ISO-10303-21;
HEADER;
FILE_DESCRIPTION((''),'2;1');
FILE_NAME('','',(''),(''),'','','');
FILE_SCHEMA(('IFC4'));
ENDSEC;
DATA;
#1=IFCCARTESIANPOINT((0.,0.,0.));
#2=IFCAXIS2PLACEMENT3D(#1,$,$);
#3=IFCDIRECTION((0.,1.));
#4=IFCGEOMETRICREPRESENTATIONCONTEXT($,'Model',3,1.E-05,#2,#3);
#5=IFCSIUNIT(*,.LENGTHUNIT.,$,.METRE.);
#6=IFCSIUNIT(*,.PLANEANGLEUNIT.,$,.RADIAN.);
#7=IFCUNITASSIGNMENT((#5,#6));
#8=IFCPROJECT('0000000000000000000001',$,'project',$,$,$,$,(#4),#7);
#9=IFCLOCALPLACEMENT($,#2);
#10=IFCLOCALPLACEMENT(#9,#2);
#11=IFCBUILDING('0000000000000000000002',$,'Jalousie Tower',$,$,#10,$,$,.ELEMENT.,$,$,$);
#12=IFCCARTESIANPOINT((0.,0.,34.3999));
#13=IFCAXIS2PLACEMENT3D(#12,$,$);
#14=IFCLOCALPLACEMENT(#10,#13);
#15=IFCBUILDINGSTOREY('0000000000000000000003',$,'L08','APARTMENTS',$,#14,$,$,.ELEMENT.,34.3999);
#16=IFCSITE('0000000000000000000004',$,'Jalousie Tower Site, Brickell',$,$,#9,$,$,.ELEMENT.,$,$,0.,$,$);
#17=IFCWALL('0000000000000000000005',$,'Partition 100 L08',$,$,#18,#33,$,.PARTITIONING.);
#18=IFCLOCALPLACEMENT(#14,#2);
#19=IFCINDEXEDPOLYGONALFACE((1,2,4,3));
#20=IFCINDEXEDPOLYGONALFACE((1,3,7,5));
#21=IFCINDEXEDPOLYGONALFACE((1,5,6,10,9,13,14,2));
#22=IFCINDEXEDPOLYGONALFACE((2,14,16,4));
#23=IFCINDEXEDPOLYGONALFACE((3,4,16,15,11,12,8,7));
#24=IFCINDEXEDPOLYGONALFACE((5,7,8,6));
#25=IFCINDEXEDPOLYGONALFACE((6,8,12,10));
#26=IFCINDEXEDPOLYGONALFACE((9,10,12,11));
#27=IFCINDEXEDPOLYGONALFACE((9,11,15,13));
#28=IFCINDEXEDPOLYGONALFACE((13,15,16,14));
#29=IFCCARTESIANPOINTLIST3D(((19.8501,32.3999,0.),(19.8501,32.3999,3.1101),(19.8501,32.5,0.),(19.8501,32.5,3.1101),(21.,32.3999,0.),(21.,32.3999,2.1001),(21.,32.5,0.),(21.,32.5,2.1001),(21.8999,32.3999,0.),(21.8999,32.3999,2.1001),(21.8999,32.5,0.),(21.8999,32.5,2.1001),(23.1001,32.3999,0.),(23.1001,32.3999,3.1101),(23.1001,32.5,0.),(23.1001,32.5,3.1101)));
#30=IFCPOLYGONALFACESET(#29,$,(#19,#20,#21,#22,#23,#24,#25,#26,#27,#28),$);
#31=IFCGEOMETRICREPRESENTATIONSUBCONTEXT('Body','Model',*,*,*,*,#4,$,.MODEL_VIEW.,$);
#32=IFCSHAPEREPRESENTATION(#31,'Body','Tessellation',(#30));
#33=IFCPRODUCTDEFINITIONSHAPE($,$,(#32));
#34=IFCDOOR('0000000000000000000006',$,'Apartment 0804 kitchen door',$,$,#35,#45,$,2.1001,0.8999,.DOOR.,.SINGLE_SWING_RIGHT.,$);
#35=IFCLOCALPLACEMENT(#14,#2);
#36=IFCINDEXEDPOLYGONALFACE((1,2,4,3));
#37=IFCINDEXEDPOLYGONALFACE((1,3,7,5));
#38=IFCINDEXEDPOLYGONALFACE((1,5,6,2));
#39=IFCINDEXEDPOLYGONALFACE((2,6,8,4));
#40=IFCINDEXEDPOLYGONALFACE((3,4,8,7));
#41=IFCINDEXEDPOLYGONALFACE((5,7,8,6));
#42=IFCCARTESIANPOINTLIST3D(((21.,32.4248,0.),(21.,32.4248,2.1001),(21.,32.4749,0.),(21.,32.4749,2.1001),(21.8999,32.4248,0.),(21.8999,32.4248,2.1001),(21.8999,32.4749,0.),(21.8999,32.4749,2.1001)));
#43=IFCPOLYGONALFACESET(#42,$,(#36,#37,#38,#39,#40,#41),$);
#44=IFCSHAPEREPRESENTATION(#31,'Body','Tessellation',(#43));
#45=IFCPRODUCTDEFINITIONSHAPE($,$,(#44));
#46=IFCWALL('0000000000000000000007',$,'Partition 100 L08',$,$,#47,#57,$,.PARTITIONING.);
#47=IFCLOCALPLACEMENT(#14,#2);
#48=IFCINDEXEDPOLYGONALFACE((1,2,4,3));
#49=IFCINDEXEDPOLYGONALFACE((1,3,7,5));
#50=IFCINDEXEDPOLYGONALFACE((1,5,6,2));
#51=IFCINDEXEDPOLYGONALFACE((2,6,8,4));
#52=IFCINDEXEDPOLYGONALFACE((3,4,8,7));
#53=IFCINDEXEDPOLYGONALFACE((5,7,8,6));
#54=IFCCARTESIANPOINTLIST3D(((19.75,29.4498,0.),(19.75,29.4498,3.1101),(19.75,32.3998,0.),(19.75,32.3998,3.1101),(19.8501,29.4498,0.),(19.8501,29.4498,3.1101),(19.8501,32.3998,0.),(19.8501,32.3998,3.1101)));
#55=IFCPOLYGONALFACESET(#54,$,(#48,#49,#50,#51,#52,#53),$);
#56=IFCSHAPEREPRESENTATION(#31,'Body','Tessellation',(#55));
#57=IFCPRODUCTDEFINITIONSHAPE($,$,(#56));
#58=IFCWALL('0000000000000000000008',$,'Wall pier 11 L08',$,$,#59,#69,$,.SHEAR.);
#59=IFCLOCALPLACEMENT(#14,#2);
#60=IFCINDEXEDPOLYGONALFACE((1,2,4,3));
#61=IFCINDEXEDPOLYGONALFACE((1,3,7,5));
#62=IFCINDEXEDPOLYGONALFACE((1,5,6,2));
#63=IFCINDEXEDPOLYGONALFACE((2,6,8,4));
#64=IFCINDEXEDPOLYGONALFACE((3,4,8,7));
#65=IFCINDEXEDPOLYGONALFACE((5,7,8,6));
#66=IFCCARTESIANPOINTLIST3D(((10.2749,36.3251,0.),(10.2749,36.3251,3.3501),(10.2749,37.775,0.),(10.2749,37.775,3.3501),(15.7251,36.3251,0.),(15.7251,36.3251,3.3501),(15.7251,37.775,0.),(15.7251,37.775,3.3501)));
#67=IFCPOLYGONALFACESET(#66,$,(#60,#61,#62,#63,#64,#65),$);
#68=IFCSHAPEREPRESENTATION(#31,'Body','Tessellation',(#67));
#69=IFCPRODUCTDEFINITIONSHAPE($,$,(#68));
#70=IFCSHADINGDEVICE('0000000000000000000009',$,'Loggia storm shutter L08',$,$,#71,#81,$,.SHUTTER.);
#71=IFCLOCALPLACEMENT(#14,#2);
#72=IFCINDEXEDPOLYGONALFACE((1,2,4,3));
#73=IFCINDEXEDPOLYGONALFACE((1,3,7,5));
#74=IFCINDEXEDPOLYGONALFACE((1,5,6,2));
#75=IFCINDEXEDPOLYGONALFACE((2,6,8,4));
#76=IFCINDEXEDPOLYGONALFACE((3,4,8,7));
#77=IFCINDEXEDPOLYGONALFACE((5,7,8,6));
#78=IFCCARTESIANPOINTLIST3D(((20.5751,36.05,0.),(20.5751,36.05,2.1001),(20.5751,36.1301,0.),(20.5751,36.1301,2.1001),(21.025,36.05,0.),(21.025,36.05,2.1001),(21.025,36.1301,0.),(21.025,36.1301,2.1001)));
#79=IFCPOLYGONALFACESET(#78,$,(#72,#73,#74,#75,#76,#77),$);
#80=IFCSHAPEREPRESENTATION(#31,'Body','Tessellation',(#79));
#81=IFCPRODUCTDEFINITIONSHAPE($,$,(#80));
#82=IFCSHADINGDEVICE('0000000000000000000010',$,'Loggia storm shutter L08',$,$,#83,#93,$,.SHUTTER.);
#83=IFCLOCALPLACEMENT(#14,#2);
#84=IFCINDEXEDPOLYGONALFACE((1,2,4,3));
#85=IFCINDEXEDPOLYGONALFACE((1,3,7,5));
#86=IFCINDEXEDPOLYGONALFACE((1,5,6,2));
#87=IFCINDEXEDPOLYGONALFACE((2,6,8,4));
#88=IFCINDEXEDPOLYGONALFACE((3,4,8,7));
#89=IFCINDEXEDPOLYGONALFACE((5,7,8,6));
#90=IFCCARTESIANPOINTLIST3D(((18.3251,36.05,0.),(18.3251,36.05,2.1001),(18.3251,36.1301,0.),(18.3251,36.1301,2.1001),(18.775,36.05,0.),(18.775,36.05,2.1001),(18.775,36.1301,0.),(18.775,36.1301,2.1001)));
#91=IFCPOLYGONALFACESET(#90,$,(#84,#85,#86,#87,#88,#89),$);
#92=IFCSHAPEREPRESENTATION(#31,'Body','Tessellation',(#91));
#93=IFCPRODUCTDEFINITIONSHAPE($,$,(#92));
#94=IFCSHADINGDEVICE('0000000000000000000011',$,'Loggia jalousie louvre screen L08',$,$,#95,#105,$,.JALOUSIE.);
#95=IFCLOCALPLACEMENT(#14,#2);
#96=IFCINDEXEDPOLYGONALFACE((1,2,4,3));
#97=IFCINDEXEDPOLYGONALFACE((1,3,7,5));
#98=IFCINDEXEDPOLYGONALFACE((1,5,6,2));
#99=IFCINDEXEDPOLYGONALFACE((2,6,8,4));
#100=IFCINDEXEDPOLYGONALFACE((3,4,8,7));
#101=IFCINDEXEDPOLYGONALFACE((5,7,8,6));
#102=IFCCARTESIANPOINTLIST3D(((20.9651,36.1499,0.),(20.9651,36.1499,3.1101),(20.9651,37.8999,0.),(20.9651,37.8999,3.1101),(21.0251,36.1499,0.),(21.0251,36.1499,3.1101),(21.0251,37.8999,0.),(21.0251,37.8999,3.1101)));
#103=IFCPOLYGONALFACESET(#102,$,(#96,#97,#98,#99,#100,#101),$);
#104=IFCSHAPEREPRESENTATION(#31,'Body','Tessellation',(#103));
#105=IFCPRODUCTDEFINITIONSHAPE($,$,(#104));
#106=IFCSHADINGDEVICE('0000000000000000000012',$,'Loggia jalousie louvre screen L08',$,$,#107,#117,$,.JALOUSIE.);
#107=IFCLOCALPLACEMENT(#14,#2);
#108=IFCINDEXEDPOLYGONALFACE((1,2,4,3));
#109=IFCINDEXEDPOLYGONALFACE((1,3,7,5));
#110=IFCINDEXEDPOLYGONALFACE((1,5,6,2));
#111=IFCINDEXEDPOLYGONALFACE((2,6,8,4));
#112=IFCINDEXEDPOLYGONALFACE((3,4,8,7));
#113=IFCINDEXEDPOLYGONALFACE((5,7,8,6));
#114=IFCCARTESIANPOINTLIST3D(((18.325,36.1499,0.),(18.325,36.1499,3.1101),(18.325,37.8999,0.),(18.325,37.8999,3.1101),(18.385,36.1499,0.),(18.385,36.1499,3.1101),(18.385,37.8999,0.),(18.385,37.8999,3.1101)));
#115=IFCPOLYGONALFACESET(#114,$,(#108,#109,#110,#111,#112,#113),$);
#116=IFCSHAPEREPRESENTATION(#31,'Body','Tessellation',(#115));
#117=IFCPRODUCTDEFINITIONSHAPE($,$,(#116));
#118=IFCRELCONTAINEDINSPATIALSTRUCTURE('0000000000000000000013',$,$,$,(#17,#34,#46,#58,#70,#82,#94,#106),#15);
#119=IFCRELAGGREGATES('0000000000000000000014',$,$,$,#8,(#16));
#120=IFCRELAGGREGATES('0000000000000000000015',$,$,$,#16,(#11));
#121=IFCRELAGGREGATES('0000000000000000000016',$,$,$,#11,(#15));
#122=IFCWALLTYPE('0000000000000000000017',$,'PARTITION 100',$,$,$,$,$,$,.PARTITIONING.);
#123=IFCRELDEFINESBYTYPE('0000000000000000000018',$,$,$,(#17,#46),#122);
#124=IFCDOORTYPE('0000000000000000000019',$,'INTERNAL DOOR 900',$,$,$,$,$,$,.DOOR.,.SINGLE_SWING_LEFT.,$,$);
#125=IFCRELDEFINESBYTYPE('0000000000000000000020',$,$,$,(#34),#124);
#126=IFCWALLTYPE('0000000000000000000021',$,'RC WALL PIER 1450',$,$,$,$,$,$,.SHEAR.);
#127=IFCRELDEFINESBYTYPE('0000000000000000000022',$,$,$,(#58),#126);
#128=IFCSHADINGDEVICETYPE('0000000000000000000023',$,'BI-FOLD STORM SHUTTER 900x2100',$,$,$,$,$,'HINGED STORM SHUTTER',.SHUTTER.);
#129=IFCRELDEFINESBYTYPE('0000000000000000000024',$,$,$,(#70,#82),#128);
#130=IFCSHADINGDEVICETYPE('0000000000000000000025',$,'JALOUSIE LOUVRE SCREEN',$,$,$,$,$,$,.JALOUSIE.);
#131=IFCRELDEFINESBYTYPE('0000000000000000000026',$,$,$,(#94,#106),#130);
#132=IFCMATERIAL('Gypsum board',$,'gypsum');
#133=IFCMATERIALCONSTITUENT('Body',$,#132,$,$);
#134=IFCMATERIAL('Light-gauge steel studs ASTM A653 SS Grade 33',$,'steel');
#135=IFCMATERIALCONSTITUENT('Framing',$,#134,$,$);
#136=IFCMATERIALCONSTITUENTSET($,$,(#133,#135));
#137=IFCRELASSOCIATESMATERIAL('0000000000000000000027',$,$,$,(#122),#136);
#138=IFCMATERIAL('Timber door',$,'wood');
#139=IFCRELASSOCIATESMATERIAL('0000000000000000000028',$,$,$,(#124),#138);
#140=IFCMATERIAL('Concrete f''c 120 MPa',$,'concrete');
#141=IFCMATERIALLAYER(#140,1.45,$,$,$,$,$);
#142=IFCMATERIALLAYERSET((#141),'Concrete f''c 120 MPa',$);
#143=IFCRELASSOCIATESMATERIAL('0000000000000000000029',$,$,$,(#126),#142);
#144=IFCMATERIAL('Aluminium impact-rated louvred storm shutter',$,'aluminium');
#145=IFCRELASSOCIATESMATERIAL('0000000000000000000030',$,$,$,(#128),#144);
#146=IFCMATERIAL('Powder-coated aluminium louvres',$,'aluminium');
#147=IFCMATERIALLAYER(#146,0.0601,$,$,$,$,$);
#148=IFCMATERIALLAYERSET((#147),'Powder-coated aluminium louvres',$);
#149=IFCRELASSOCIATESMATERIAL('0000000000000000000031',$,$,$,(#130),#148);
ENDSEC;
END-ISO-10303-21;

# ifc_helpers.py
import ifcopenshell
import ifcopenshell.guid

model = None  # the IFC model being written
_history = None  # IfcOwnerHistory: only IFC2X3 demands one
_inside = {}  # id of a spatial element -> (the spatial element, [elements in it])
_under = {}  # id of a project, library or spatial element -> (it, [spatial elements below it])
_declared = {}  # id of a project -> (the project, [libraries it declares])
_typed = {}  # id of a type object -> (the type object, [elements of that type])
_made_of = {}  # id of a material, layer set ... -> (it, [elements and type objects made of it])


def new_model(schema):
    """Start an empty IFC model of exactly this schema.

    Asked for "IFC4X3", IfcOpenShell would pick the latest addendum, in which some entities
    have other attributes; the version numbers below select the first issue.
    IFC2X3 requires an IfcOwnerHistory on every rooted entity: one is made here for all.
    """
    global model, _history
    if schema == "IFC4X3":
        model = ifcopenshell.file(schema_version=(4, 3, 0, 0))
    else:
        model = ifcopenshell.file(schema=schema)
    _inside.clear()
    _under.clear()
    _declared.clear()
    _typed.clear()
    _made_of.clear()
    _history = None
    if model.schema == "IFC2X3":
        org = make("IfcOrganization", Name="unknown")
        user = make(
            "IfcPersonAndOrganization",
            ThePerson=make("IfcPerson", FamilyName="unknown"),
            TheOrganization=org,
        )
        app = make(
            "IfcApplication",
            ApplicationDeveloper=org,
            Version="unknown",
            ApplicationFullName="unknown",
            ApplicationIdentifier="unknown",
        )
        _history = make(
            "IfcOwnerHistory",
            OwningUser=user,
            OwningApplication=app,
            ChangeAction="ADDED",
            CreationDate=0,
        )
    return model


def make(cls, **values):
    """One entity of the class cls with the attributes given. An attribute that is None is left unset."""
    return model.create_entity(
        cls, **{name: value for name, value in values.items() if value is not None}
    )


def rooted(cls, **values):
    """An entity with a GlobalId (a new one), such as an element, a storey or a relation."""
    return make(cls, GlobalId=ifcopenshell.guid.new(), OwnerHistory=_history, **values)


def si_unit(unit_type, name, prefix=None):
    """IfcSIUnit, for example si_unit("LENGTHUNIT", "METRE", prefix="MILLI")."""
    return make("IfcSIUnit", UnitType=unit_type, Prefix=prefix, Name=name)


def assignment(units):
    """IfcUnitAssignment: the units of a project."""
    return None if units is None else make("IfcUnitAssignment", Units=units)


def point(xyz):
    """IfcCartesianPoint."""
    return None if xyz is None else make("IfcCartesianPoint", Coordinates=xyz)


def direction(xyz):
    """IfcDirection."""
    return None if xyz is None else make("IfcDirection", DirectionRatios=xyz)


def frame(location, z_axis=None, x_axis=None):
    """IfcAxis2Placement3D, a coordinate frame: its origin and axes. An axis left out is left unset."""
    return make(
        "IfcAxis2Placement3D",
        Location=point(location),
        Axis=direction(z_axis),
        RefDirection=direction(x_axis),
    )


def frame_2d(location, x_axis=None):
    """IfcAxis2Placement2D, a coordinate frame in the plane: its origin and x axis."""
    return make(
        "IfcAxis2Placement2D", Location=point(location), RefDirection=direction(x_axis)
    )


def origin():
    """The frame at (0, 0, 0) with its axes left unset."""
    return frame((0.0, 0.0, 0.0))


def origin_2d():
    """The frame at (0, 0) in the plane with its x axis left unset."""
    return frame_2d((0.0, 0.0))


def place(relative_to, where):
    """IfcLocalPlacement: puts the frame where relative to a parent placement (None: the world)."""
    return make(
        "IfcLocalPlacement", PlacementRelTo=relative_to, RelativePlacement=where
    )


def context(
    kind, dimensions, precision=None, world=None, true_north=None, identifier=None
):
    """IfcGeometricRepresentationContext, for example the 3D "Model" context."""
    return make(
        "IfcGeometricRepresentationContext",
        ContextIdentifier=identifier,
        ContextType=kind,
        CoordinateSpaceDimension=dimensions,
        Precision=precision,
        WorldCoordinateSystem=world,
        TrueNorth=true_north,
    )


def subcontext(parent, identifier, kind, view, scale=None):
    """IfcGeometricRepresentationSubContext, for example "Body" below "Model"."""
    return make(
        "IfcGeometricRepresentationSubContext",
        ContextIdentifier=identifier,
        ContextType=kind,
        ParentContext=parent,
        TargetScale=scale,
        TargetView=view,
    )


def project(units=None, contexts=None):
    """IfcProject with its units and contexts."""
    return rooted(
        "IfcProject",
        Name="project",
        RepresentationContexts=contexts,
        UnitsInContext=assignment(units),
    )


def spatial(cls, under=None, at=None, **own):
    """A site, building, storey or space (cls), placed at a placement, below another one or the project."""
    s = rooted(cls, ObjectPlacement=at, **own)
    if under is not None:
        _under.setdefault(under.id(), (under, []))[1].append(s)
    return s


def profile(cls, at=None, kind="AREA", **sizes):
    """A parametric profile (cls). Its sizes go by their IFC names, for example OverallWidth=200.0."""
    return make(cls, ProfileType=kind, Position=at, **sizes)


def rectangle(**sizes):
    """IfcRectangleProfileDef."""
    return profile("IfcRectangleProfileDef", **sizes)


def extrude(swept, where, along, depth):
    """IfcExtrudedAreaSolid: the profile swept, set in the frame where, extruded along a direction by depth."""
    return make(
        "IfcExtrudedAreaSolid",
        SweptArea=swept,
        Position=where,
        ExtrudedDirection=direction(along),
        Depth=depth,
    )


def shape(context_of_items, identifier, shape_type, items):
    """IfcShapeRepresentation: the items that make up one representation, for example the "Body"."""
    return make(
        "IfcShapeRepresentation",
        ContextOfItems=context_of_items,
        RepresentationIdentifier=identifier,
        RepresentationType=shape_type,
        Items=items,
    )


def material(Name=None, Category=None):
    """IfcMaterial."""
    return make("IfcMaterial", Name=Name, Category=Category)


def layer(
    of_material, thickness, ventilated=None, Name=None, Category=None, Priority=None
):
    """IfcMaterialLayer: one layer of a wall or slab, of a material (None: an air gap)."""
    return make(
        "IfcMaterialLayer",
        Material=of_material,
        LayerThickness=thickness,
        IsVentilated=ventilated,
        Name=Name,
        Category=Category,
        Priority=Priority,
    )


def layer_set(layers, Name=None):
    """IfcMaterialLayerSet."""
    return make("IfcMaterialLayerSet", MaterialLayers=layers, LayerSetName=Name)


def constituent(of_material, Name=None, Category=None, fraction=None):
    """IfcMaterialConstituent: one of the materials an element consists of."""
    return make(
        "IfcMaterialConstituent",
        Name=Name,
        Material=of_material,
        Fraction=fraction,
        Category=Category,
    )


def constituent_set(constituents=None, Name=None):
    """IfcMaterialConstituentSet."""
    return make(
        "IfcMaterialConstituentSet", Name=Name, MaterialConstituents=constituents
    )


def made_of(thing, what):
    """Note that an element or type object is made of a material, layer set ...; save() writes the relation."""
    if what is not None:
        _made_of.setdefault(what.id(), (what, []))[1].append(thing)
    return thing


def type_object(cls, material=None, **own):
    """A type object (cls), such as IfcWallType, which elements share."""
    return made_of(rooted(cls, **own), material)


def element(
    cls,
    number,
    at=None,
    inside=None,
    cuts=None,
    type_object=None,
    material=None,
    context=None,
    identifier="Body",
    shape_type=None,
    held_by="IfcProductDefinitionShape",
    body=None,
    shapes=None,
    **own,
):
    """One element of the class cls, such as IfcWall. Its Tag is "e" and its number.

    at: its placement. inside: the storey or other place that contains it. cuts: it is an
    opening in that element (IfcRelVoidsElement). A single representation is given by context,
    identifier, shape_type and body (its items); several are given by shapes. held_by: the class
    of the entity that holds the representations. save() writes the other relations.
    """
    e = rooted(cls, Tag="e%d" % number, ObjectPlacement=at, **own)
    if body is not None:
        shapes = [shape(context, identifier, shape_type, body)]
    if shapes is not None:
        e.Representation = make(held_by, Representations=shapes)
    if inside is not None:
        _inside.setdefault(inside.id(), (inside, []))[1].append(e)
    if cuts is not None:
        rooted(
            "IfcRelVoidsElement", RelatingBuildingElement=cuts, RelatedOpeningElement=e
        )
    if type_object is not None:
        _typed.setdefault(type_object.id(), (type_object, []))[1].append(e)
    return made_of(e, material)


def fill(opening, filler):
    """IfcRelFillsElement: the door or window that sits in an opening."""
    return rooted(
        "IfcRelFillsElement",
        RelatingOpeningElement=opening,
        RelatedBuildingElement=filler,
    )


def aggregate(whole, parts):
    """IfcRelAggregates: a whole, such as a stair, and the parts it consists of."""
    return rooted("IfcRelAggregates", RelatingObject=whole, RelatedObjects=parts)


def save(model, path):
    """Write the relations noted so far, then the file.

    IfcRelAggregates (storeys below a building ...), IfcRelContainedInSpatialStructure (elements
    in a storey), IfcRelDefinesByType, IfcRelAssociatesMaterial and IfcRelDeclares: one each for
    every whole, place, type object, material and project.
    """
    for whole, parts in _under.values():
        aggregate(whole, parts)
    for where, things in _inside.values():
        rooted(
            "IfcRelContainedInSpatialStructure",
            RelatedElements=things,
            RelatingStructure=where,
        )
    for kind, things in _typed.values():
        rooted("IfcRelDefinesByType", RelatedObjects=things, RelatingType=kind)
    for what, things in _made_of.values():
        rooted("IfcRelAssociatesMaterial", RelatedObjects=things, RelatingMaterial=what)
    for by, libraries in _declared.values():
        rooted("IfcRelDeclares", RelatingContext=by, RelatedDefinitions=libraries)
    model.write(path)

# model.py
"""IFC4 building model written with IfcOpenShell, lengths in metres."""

from ifc_helpers import new_model, si_unit, direction, frame, frame_2d, origin, origin_2d, place, context, subcontext, project, spatial, rectangle, extrude, material, layer, layer_set, constituent, constituent_set, type_object, element, fill, save


model = new_model("IFC4")

# Units and contexts
model_context = context("Model", 3, precision=1e-05, world=origin(), true_north=direction((0.0, 1.0)))
body_context = subcontext(model_context, "Body", "Model", "MODEL_VIEW")
ifc_project = project(units=[si_unit("LENGTHUNIT", "METRE"), si_unit("PLANEANGLEUNIT", "RADIAN")], contexts=[model_context])

# Site, building, storey
site_placement = place(None, origin())
site = spatial("IfcSite", under=ifc_project, at=site_placement, Name="Jalousie Tower Site, Brickell", CompositionType="ELEMENT", RefElevation=0.0)
building_placement = place(site_placement, origin())
building = spatial("IfcBuilding", under=site, at=building_placement, Name="Jalousie Tower", CompositionType="ELEMENT")
storey_placement = place(building_placement, frame((0.0, 0.0, 34.3999)))
storey = spatial("IfcBuildingStorey", under=building, at=storey_placement, Name="L08", Description="APARTMENTS", CompositionType="ELEMENT", Elevation=34.3999)

# Wall, opening, door
ifc_material_1 = material(Name="Gypsum board", Category="gypsum")
ifc_constituent_1 = constituent(ifc_material_1, Name="Body")
ifc_material_2 = material(Name="Light-gauge steel studs ASTM A653 SS Grade 33", Category="steel")
ifc_constituent_2 = constituent(ifc_material_2, Name="Framing")
ifc_constituent_set_1 = constituent_set(constituents=[ifc_constituent_1, ifc_constituent_2])
wall_type_1 = type_object("IfcWallType", Name="PARTITION 100", PredefinedType="PARTITIONING", material=ifc_constituent_set_1)
wall_1_placement = place(storey_placement, frame((19.8501, 32.45, 0.0), z_axis=(0.0, 0.0, 1.0), x_axis=(1.0, 0.0, 0.0)))
wall_1 = element("IfcWall", 1, at=wall_1_placement, inside=storey, type_object=wall_type_1, Name="Partition 100 L08", PredefinedType="PARTITIONING", context=body_context, shape_type="SweptSolid", body=[
    extrude(rectangle(XDim=3.25, YDim=0.1001, at=frame_2d((1.625, 0.0))), origin(), (0.0, 0.0, 1.0), 3.1101),
])
opening_1_placement = place(wall_1_placement, frame((1.1499, 0.0, 0.0)))
opening_1 = element("IfcOpeningElement", 2, at=opening_1_placement, cuts=wall_1, PredefinedType="OPENING", context=body_context, shape_type="SweptSolid", body=[
    extrude(rectangle(XDim=0.8999, YDim=2.1001, at=frame_2d((0.45, 1.05))), frame((0.0, 0.0601, 0.0), z_axis=(0.0, -1.0, 0.0), x_axis=(1.0, 0.0, 0.0)), (0.0, 0.0, 1.0), 0.1201),
])
ifc_material_3 = material(Name="Timber door", Category="wood")
door_type_1 = type_object("IfcDoorType", Name="INTERNAL DOOR 900", OperationType="SINGLE_SWING_LEFT", PredefinedType="DOOR", material=ifc_material_3)
door_1_placement = place(opening_1_placement, origin())
door_1 = element("IfcDoor", 3, at=door_1_placement, inside=storey, type_object=door_type_1, Name="Apartment 0804 kitchen door", OperationType="SINGLE_SWING_RIGHT", OverallHeight=2.1001, OverallWidth=0.8999, PredefinedType="DOOR", context=body_context, shape_type="SweptSolid", body=[
    extrude(rectangle(XDim=0.8999, YDim=2.1001, at=frame_2d((0.45, 1.05))), frame((0.0, 0.0249, 0.0), z_axis=(0.0, -1.0, 0.0), x_axis=(1.0, 0.0, 0.0)), (0.0, 0.0, 1.0), 0.05),
])
fill(opening_1, door_1)

# Walls
wall_2_placement = place(storey_placement, frame((19.8, 32.3999, 0.0), z_axis=(0.0, 0.0, 1.0), x_axis=(0.0, -1.0, 0.0)))
element("IfcWall", 4, at=wall_2_placement, inside=storey, type_object=wall_type_1, Name="Partition 100 L08", PredefinedType="PARTITIONING", context=body_context, shape_type="SweptSolid", body=[
    extrude(rectangle(XDim=2.95, YDim=0.1001, at=frame_2d((1.4751, 0.0))), origin(), (0.0, 0.0, 1.0), 3.1101),
])
ifc_material_4 = material(Name="Concrete f'c 120 MPa", Category="concrete")
ifc_layer_1 = layer(ifc_material_4, 1.45)
ifc_layer_set_1 = layer_set([ifc_layer_1], Name="Concrete f'c 120 MPa")
wall_type_2 = type_object("IfcWallType", Name="RC WALL PIER 1450", PredefinedType="SHEAR", material=ifc_layer_set_1)
wall_3_placement = place(storey_placement, frame((10.2749, 37.05, 0.0), z_axis=(0.0, 0.0, 1.0), x_axis=(1.0, 0.0, 0.0)))
element("IfcWall", 5, at=wall_3_placement, inside=storey, type_object=wall_type_2, Name="Wall pier 11 L08", PredefinedType="SHEAR", context=body_context, shape_type="SweptSolid", body=[
    extrude(rectangle(XDim=5.4502, YDim=1.45, at=frame_2d((2.7251, 0.0))), origin(), (0.0, 0.0, 1.0), 3.3501),
])

# Shading devices
ifc_material_5 = material(Name="Aluminium impact-rated louvred storm shutter", Category="aluminium")
shading_device_type_1 = type_object("IfcShadingDeviceType", Name="BI-FOLD STORM SHUTTER 900x2100", ElementType="HINGED STORM SHUTTER", PredefinedType="SHUTTER", material=ifc_material_5)
for number, where, z_axis, x_axis, name in (
    (6, (20.8, 36.0901, 0.0), (0.0, 0.0, 1.0), (-1.0, 0.0, 0.0), "Loggia storm shutter L08"),
    (7, (18.55, 36.0901, 0.0), (0.0, 0.0, 1.0), (-1.0, 0.0, 0.0), "Loggia storm shutter L08"),
):
    element("IfcShadingDevice", number, at=place(storey_placement, frame(where, z_axis=z_axis, x_axis=x_axis)), inside=storey, type_object=shading_device_type_1, Name=name, PredefinedType="SHUTTER", context=body_context, shape_type="SweptSolid", body=[
        extrude(rectangle(XDim=0.45, YDim=0.0801, at=origin_2d()), origin(), (0.0, 0.0, 1.0), 2.1001),
    ])
ifc_material_6 = material(Name="Powder-coated aluminium louvres", Category="aluminium")
ifc_layer_2 = layer(ifc_material_6, 0.0601)
ifc_layer_set_2 = layer_set([ifc_layer_2], Name="Powder-coated aluminium louvres")
shading_device_type_2 = type_object("IfcShadingDeviceType", Name="JALOUSIE LOUVRE SCREEN", PredefinedType="JALOUSIE", material=ifc_layer_set_2)
for number, where, z_axis, x_axis, name in (
    (8, (20.9951, 37.0249, 0.0), (0.0, 0.0, 1.0), (-1.0, 0.0, 0.0), "Loggia jalousie louvre screen L08"),
    (9, (18.355, 37.0249, 0.0), (0.0, 0.0, 1.0), (-1.0, 0.0, 0.0), "Loggia jalousie louvre screen L08"),
):
    element("IfcShadingDevice", number, at=place(storey_placement, frame(where, z_axis=z_axis, x_axis=x_axis)), inside=storey, type_object=shading_device_type_2, Name=name, PredefinedType="JALOUSIE", context=body_context, shape_type="SweptSolid", body=[
        extrude(rectangle(XDim=0.0601, YDim=1.75, at=origin_2d()), origin(), (0.0, 0.0, 1.0), 3.1101),
    ])

save(model, "model.ifc")
